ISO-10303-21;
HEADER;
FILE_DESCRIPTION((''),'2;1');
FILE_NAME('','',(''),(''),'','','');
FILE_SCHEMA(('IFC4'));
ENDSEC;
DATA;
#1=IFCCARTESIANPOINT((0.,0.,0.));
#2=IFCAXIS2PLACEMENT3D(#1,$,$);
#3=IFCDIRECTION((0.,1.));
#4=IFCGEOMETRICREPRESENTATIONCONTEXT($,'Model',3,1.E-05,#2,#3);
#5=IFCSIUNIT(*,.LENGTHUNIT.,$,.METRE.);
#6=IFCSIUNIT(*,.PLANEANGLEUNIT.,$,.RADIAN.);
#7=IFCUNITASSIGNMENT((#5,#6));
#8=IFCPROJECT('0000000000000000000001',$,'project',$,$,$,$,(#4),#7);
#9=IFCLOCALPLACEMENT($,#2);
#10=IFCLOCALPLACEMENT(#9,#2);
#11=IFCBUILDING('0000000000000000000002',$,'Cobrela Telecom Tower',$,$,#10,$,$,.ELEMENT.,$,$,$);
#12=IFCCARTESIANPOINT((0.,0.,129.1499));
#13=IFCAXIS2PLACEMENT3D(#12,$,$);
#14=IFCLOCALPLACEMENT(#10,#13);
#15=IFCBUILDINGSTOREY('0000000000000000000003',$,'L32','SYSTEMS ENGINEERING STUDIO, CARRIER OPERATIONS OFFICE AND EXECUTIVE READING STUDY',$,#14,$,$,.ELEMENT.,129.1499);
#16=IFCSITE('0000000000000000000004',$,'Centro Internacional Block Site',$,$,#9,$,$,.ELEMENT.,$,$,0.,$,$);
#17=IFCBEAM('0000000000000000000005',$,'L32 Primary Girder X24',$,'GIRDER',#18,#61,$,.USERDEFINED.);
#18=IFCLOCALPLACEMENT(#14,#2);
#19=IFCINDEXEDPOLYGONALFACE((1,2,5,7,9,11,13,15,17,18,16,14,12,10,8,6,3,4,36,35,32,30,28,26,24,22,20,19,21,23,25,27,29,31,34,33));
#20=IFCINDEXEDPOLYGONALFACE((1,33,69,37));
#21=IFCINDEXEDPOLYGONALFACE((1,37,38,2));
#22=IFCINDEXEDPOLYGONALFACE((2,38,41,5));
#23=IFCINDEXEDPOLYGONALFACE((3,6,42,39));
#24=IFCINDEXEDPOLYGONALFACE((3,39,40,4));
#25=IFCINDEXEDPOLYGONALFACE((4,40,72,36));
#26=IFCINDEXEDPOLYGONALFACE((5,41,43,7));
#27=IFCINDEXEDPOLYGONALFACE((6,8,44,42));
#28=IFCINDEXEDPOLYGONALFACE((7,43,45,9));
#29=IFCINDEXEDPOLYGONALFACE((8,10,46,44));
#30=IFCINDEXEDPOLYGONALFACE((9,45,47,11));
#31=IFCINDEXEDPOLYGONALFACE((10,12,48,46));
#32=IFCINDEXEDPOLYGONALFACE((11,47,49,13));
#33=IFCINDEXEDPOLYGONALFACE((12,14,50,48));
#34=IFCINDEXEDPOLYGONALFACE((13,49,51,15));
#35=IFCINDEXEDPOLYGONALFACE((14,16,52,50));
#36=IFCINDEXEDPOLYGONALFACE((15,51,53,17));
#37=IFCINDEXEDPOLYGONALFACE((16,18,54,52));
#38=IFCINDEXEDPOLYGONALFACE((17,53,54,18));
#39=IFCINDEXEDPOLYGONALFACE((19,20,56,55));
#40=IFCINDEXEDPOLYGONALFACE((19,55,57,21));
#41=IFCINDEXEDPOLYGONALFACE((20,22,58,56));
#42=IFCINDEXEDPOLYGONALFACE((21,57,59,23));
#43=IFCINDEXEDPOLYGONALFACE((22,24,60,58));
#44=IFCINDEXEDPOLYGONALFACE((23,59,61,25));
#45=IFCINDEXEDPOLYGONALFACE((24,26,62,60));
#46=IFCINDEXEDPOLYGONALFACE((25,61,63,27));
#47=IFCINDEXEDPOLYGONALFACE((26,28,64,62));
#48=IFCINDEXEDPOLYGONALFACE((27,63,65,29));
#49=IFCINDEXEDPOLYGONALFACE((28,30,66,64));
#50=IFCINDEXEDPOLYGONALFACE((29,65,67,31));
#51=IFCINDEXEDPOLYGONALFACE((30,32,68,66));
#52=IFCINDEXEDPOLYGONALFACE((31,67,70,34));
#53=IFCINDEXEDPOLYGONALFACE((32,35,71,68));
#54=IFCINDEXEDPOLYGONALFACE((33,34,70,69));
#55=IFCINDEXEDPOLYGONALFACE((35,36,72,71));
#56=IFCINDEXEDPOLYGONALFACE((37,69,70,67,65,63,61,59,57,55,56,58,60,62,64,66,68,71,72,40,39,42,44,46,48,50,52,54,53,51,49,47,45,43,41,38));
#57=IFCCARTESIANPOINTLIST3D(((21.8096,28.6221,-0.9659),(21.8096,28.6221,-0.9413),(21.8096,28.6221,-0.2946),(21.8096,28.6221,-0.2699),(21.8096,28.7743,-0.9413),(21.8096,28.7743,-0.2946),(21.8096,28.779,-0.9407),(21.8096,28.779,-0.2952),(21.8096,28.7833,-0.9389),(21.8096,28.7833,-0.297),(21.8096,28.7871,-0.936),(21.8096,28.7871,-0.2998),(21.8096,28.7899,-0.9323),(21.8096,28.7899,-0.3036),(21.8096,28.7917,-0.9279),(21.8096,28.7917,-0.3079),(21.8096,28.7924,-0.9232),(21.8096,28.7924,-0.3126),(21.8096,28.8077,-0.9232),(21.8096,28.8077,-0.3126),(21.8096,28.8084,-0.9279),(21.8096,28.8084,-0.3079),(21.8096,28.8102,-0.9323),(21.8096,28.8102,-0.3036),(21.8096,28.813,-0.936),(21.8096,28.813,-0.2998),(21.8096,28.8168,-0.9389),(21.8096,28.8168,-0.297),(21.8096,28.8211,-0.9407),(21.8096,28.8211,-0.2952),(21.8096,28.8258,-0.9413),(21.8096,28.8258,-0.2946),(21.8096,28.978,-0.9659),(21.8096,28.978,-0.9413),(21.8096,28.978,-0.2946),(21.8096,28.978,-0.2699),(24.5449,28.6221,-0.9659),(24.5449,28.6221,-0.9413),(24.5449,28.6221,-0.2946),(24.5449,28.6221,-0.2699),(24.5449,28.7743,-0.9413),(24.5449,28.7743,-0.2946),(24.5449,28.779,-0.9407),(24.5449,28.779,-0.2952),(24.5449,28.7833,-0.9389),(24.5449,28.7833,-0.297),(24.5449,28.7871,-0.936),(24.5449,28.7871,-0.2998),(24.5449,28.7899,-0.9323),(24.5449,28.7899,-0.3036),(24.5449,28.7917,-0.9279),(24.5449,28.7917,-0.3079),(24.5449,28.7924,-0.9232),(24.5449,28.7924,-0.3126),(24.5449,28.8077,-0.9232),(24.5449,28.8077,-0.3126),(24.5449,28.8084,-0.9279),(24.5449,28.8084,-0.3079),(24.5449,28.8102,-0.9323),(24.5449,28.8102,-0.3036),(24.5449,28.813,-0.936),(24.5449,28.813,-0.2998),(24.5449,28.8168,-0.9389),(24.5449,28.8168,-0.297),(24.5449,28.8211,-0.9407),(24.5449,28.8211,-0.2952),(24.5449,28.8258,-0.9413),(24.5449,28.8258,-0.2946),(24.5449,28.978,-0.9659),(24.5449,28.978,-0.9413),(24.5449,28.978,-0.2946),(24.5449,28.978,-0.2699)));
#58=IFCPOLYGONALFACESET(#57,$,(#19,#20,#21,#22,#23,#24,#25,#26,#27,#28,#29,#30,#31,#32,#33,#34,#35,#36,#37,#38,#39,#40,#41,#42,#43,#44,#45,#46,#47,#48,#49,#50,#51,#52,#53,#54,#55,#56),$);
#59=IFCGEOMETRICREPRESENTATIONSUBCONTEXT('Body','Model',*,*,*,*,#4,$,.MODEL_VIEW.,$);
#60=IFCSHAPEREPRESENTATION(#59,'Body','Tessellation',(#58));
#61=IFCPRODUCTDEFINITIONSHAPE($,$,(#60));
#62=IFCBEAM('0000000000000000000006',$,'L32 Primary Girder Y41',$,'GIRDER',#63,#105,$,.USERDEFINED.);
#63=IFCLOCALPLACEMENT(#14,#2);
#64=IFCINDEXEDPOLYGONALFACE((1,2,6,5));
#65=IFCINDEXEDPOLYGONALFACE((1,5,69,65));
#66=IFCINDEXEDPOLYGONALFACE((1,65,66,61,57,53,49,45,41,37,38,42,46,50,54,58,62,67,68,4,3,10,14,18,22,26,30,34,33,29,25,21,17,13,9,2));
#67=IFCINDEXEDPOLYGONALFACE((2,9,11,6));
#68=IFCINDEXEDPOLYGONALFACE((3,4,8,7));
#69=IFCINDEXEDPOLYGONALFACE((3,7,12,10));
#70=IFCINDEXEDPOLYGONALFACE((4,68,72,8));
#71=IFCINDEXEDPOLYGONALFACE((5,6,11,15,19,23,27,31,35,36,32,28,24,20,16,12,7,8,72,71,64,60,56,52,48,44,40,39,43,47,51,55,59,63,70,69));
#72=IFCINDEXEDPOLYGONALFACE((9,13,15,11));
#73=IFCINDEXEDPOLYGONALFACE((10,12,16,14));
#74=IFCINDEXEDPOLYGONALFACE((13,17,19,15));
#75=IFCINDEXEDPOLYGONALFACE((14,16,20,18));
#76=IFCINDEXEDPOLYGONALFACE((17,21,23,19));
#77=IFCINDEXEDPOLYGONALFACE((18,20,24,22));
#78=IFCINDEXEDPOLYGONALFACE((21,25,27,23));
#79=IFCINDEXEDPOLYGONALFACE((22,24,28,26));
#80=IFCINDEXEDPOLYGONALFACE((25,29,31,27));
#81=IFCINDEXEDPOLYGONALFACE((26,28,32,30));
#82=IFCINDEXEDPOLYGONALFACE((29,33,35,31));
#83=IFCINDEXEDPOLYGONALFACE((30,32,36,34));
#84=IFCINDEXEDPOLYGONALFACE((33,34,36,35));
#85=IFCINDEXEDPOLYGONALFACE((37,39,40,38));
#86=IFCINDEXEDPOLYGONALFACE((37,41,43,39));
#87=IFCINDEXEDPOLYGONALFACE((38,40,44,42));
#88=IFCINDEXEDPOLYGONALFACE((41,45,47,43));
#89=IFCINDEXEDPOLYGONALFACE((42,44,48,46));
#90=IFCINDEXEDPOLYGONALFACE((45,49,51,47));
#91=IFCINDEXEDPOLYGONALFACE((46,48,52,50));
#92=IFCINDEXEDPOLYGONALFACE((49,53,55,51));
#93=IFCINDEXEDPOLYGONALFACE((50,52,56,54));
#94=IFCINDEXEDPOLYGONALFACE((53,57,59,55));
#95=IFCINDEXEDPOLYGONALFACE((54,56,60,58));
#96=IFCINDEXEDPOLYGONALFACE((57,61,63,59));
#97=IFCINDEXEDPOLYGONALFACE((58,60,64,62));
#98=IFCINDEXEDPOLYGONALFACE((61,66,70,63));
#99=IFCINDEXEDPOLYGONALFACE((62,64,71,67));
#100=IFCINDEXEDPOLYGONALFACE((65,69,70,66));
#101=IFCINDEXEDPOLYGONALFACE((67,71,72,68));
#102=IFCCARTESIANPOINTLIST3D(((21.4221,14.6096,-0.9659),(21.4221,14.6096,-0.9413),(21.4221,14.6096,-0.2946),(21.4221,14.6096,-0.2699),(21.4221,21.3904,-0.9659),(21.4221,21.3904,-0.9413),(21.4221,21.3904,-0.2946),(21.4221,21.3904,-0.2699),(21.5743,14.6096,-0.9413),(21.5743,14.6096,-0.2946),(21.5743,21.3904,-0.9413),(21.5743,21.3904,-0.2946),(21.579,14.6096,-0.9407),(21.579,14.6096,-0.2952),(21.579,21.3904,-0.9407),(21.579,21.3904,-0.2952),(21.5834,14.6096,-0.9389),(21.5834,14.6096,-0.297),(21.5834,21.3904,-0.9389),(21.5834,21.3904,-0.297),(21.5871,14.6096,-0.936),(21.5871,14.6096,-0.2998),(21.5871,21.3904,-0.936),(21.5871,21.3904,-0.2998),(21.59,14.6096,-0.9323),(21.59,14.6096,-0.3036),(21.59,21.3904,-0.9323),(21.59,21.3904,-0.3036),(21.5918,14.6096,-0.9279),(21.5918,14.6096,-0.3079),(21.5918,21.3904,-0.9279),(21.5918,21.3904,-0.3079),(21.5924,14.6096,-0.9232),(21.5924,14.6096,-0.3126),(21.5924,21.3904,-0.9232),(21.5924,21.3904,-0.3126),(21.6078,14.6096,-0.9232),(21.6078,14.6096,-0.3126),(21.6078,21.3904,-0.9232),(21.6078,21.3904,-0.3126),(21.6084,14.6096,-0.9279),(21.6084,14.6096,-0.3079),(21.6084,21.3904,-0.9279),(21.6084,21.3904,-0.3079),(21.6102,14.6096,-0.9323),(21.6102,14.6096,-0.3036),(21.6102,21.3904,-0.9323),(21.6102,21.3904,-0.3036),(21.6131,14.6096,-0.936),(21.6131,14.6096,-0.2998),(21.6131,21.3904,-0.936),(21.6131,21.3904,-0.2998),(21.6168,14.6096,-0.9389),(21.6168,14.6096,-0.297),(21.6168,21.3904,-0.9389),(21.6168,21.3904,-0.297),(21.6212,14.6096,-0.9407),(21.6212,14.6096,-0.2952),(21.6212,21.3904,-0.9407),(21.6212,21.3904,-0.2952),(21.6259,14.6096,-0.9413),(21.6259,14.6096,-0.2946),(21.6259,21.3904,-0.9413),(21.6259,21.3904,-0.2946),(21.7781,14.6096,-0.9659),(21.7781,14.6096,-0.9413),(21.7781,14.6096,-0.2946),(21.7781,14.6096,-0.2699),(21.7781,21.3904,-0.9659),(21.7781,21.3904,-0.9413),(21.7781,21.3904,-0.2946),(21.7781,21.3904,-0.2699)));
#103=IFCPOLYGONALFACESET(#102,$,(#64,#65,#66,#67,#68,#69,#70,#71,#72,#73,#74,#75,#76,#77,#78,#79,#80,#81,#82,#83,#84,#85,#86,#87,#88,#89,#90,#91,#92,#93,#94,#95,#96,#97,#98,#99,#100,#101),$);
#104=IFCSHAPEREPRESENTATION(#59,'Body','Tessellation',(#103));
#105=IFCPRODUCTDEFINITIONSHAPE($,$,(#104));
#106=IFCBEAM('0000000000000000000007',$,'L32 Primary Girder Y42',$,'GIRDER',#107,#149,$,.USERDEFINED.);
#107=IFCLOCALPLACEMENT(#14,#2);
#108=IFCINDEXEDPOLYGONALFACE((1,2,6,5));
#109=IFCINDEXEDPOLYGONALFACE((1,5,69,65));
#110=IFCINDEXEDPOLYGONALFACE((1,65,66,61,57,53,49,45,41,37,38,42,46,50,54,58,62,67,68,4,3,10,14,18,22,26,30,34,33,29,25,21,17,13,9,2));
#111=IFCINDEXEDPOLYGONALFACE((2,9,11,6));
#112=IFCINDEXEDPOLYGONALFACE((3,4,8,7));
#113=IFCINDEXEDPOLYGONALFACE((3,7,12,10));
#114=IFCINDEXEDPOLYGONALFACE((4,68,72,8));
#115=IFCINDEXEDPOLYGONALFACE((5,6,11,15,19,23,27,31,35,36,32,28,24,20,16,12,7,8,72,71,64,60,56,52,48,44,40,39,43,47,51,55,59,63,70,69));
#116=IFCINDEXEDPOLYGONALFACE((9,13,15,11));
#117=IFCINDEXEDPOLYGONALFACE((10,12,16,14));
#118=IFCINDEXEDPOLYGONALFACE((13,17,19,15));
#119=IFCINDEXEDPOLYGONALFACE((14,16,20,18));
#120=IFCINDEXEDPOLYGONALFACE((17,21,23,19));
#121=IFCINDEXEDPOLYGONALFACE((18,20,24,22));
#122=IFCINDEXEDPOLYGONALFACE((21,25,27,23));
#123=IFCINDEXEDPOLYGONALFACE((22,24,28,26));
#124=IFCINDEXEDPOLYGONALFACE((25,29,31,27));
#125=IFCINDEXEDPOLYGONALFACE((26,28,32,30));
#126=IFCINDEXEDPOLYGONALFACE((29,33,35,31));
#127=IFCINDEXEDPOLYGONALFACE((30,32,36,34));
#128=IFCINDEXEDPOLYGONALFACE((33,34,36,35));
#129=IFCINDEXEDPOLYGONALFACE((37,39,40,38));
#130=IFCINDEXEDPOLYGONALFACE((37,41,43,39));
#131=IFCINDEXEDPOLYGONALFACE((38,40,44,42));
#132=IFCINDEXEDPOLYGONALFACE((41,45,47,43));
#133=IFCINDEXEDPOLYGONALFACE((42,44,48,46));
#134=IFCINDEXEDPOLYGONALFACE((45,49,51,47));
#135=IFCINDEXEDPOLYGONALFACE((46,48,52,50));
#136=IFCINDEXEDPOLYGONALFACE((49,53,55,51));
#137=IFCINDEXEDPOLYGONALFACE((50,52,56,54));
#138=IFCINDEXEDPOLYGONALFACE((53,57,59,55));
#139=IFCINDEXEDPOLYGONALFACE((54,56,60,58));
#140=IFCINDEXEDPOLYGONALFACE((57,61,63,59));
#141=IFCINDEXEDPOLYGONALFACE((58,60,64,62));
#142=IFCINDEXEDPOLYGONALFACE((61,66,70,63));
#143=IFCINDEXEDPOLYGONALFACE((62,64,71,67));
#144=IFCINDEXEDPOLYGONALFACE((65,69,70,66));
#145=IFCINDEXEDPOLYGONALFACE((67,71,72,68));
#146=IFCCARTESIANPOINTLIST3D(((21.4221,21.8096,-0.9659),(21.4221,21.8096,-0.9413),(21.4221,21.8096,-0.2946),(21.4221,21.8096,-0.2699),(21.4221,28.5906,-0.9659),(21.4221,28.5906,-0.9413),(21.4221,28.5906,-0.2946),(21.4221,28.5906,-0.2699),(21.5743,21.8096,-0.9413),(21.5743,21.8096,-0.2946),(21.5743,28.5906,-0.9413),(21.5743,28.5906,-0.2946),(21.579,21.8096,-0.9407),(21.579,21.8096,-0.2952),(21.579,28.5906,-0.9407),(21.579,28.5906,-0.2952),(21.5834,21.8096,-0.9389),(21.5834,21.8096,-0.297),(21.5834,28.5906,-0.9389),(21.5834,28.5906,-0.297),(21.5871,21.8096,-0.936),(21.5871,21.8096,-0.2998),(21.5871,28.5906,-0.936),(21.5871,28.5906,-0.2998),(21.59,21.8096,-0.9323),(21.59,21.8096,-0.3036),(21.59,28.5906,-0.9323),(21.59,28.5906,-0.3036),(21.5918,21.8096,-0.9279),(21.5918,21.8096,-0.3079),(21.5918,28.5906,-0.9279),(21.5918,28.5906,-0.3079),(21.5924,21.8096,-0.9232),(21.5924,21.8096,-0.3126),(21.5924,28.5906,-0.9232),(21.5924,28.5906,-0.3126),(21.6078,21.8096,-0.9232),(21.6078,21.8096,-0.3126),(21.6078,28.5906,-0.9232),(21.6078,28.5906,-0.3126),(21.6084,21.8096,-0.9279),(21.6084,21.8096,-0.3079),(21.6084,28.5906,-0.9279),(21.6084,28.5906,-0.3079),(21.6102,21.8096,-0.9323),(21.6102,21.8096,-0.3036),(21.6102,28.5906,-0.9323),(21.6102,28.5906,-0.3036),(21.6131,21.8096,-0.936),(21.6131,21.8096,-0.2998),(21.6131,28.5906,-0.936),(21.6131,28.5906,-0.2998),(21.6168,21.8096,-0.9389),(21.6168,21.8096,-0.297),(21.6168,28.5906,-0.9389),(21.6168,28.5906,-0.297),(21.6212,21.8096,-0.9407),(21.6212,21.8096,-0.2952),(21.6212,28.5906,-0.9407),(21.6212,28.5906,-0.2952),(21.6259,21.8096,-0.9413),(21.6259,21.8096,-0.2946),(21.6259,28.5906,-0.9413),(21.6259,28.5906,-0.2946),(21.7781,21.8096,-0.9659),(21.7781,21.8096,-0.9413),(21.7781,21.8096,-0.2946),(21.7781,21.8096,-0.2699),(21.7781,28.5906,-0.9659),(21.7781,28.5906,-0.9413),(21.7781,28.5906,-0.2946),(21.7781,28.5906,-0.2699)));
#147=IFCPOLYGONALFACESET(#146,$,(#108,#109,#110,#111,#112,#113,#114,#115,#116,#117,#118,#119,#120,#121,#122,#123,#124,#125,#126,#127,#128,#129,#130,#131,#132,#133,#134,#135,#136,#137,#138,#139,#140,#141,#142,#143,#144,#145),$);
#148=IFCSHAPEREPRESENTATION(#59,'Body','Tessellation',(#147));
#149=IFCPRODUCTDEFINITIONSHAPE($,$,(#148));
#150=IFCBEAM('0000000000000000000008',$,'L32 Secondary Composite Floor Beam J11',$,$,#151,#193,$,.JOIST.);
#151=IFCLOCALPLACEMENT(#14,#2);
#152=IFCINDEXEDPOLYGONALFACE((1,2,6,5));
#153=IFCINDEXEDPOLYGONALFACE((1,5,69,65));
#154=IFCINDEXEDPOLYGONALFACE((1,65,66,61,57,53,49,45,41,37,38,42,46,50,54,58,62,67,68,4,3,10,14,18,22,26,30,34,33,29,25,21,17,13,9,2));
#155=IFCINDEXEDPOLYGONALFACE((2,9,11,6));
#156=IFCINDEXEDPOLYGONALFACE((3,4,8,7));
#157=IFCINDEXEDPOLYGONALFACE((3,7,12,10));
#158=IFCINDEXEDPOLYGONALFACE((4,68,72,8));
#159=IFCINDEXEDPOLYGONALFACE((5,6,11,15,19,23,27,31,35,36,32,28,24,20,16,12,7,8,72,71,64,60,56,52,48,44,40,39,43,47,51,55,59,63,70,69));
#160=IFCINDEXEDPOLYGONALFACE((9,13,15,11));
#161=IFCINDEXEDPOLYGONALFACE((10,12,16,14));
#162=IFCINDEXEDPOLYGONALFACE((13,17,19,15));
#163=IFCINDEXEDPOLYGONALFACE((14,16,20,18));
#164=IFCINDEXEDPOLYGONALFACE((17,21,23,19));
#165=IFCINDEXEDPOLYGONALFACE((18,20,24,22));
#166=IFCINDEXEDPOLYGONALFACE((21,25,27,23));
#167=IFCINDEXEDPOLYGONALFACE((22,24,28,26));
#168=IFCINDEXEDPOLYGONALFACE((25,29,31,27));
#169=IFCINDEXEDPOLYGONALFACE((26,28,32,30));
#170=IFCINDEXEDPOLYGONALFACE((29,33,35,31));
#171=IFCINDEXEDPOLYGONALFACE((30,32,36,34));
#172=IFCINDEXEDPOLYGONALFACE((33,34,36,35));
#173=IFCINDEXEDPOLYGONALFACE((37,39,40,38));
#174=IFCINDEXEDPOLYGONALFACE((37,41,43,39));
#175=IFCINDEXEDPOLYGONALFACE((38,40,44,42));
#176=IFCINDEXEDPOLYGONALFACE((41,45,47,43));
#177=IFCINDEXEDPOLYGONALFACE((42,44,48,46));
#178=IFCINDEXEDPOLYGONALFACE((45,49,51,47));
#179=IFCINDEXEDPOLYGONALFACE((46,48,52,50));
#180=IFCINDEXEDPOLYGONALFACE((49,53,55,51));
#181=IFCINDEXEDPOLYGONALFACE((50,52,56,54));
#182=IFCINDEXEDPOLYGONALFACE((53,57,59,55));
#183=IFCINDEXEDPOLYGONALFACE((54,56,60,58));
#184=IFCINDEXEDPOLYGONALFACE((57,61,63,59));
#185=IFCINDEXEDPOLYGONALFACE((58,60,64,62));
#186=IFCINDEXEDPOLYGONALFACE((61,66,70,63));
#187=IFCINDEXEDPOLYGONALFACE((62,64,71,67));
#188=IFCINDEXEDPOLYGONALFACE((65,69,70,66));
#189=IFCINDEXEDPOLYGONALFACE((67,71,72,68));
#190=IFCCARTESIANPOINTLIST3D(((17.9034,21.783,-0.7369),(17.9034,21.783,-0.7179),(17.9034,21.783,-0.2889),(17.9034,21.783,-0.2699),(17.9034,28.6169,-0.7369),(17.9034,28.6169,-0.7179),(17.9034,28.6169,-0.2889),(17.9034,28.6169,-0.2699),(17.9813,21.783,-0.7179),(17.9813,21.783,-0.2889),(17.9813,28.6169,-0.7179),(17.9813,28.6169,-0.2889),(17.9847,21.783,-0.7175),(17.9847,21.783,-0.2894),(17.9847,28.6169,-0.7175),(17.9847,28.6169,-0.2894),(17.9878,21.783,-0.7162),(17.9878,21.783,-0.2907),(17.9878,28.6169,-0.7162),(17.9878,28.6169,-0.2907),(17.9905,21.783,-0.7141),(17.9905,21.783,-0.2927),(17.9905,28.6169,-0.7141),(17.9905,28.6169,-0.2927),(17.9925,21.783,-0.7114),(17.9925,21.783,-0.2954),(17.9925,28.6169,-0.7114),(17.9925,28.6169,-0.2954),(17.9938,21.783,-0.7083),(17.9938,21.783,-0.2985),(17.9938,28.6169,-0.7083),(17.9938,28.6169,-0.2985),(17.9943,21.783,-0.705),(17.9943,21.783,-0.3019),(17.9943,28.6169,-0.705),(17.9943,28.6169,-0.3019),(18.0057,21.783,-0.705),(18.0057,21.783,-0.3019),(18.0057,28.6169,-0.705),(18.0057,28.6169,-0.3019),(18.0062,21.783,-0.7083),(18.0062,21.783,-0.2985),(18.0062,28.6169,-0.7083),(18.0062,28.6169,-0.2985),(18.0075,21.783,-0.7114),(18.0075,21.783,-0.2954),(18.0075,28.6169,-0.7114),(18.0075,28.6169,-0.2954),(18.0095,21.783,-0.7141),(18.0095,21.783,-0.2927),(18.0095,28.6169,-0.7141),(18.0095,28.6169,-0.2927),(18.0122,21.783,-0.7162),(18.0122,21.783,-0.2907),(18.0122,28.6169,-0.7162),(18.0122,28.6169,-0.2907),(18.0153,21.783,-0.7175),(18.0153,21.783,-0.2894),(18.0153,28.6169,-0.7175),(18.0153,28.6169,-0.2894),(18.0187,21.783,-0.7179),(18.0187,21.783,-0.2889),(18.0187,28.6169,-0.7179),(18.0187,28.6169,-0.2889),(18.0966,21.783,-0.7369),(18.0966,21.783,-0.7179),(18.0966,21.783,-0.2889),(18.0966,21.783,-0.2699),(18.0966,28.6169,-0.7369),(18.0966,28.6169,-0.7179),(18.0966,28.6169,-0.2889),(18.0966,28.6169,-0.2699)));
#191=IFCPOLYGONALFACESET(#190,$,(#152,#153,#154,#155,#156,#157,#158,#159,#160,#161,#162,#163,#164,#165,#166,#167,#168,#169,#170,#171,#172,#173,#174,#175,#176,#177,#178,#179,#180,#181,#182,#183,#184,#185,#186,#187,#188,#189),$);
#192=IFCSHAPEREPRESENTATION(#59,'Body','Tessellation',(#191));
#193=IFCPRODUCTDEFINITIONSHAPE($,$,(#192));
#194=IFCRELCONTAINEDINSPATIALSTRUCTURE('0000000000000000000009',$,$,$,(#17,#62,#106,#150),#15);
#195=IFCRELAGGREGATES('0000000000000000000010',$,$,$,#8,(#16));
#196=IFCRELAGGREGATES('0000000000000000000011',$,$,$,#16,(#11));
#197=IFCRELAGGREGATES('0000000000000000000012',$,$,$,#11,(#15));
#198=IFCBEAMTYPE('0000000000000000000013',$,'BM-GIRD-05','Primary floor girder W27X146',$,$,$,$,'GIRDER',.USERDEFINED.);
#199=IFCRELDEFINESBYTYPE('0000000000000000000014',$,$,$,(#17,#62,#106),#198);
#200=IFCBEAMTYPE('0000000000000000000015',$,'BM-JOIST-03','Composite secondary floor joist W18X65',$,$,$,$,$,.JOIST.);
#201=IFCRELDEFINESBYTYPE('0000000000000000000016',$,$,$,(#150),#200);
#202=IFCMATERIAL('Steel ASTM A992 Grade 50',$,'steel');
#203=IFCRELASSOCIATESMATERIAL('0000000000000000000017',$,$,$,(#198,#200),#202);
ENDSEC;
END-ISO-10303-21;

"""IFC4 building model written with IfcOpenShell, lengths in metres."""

from ifc_helpers import new_model, si_unit, direction, frame, origin, origin_2d, place, context, subcontext, project, spatial, i_section, extrude, material, material_profile, profile_set, type_object, element, save


model = new_model("IFC4")

# Units and contexts
model_context = context("Model", 3, precision=1e-05, world=origin(), true_north=direction((0.0, 1.0)))
body_context = subcontext(model_context, "Body", "Model", "MODEL_VIEW")
ifc_project = project(units=[si_unit("LENGTHUNIT", "METRE"), si_unit("PLANEANGLEUNIT", "RADIAN")], contexts=[model_context])

# Site, building, storey
site_placement = place(None, origin())
site = spatial("IfcSite", under=ifc_project, at=site_placement, Name="Centro Internacional Block Site", CompositionType="ELEMENT", RefElevation=0.0)
building_placement = place(site_placement, origin())
building = spatial("IfcBuilding", under=site, at=building_placement, Name="Cobrela Telecom Tower", CompositionType="ELEMENT")
storey_placement = place(building_placement, frame((0.0, 0.0, 129.1499)))
storey = spatial("IfcBuildingStorey", under=building, at=storey_placement, Name="L32", Description="SYSTEMS ENGINEERING STUDIO, CARRIER OPERATIONS OFFICE AND EXECUTIVE READING STUDY", CompositionType="ELEMENT", Elevation=129.1499)

# Shared definitions
ifc_material_1 = material(Name="Steel ASTM A992 Grade 50", Category="steel")

# Beams
ifc_material_profile_1 = material_profile(ifc_material_1, i_section(OverallWidth=0.356, OverallDepth=0.696, WebThickness=0.0154, FlangeThickness=0.0247, FilletRadius=0.0181, at=origin_2d()), Name="W27X146")
ifc_profile_set_1 = profile_set([ifc_material_profile_1], Name="Steel ASTM A992 Grade 50")
beam_type_1 = type_object("IfcBeamType", Name="BM-GIRD-05", Description="Primary floor girder W27X146", ElementType="GIRDER", PredefinedType="USERDEFINED", material=ifc_profile_set_1)
beam_1_placement = place(storey_placement, frame((21.8096, 28.8, -0.6179), z_axis=(1.0, 0.0, 0.0), x_axis=(0.0, 1.0, 0.0)))
element("IfcBeam", 1, at=beam_1_placement, inside=storey, type_object=beam_type_1, Name="L32 Primary Girder X24", ObjectType="GIRDER", PredefinedType="USERDEFINED", context=body_context, shape_type="SweptSolid", body=[
    extrude(i_section(OverallWidth=0.356, OverallDepth=0.696, WebThickness=0.0154, FlangeThickness=0.0247, FilletRadius=0.0181, at=origin_2d()), origin(), (0.0, 0.0, 1.0), 2.7354),
])
beam_2_placement = place(storey_placement, frame((21.6001, 14.6096, -0.6179), z_axis=(0.0, 1.0, 0.0), x_axis=(-1.0, 0.0, 0.0)))
element("IfcBeam", 2, at=beam_2_placement, inside=storey, type_object=beam_type_1, Name="L32 Primary Girder Y41", ObjectType="GIRDER", PredefinedType="USERDEFINED", context=body_context, shape_type="SweptSolid", body=[
    extrude(i_section(OverallWidth=0.356, OverallDepth=0.696, WebThickness=0.0154, FlangeThickness=0.0247, FilletRadius=0.0181, at=origin_2d()), origin(), (0.0, 0.0, 1.0), 6.7808),
])
beam_3_placement = place(storey_placement, frame((21.6001, 21.8096, -0.6179), z_axis=(0.0, 1.0, 0.0), x_axis=(-1.0, 0.0, 0.0)))
element("IfcBeam", 3, at=beam_3_placement, inside=storey, type_object=beam_type_1, Name="L32 Primary Girder Y42", ObjectType="GIRDER", PredefinedType="USERDEFINED", context=body_context, shape_type="SweptSolid", body=[
    extrude(i_section(OverallWidth=0.356, OverallDepth=0.696, WebThickness=0.0154, FlangeThickness=0.0247, FilletRadius=0.0181, at=origin_2d()), origin(), (0.0, 0.0, 1.0), 6.781),
])
ifc_material_profile_2 = material_profile(ifc_material_1, i_section(OverallWidth=0.1931, OverallDepth=0.467, WebThickness=0.0115, FlangeThickness=0.019, FilletRadius=0.0129, at=origin_2d()), Name="W18X65")
ifc_profile_set_2 = profile_set([ifc_material_profile_2], Name="Steel ASTM A992 Grade 50")
beam_type_2 = type_object("IfcBeamType", Name="BM-JOIST-03", Description="Composite secondary floor joist W18X65", PredefinedType="JOIST", material=ifc_profile_set_2)
for number, where, z_axis, x_axis, name in (
    (4, (18.0, 21.783, -0.5034), (0.0, 1.0, 0.0), (-1.0, 0.0, 0.0), "L32 Secondary Composite Floor Beam J11"),
):
    element("IfcBeam", number, at=place(storey_placement, frame(where, z_axis=z_axis, x_axis=x_axis)), inside=storey, type_object=beam_type_2, Name=name, PredefinedType="JOIST", context=body_context, shape_type="SweptSolid", body=[
        extrude(i_section(OverallWidth=0.1931, OverallDepth=0.467, WebThickness=0.0115, FlangeThickness=0.019, FilletRadius=0.0129, at=origin_2d()), origin(), (0.0, 0.0, 1.0), 6.834),
    ])

save(model, "model.ifc")
